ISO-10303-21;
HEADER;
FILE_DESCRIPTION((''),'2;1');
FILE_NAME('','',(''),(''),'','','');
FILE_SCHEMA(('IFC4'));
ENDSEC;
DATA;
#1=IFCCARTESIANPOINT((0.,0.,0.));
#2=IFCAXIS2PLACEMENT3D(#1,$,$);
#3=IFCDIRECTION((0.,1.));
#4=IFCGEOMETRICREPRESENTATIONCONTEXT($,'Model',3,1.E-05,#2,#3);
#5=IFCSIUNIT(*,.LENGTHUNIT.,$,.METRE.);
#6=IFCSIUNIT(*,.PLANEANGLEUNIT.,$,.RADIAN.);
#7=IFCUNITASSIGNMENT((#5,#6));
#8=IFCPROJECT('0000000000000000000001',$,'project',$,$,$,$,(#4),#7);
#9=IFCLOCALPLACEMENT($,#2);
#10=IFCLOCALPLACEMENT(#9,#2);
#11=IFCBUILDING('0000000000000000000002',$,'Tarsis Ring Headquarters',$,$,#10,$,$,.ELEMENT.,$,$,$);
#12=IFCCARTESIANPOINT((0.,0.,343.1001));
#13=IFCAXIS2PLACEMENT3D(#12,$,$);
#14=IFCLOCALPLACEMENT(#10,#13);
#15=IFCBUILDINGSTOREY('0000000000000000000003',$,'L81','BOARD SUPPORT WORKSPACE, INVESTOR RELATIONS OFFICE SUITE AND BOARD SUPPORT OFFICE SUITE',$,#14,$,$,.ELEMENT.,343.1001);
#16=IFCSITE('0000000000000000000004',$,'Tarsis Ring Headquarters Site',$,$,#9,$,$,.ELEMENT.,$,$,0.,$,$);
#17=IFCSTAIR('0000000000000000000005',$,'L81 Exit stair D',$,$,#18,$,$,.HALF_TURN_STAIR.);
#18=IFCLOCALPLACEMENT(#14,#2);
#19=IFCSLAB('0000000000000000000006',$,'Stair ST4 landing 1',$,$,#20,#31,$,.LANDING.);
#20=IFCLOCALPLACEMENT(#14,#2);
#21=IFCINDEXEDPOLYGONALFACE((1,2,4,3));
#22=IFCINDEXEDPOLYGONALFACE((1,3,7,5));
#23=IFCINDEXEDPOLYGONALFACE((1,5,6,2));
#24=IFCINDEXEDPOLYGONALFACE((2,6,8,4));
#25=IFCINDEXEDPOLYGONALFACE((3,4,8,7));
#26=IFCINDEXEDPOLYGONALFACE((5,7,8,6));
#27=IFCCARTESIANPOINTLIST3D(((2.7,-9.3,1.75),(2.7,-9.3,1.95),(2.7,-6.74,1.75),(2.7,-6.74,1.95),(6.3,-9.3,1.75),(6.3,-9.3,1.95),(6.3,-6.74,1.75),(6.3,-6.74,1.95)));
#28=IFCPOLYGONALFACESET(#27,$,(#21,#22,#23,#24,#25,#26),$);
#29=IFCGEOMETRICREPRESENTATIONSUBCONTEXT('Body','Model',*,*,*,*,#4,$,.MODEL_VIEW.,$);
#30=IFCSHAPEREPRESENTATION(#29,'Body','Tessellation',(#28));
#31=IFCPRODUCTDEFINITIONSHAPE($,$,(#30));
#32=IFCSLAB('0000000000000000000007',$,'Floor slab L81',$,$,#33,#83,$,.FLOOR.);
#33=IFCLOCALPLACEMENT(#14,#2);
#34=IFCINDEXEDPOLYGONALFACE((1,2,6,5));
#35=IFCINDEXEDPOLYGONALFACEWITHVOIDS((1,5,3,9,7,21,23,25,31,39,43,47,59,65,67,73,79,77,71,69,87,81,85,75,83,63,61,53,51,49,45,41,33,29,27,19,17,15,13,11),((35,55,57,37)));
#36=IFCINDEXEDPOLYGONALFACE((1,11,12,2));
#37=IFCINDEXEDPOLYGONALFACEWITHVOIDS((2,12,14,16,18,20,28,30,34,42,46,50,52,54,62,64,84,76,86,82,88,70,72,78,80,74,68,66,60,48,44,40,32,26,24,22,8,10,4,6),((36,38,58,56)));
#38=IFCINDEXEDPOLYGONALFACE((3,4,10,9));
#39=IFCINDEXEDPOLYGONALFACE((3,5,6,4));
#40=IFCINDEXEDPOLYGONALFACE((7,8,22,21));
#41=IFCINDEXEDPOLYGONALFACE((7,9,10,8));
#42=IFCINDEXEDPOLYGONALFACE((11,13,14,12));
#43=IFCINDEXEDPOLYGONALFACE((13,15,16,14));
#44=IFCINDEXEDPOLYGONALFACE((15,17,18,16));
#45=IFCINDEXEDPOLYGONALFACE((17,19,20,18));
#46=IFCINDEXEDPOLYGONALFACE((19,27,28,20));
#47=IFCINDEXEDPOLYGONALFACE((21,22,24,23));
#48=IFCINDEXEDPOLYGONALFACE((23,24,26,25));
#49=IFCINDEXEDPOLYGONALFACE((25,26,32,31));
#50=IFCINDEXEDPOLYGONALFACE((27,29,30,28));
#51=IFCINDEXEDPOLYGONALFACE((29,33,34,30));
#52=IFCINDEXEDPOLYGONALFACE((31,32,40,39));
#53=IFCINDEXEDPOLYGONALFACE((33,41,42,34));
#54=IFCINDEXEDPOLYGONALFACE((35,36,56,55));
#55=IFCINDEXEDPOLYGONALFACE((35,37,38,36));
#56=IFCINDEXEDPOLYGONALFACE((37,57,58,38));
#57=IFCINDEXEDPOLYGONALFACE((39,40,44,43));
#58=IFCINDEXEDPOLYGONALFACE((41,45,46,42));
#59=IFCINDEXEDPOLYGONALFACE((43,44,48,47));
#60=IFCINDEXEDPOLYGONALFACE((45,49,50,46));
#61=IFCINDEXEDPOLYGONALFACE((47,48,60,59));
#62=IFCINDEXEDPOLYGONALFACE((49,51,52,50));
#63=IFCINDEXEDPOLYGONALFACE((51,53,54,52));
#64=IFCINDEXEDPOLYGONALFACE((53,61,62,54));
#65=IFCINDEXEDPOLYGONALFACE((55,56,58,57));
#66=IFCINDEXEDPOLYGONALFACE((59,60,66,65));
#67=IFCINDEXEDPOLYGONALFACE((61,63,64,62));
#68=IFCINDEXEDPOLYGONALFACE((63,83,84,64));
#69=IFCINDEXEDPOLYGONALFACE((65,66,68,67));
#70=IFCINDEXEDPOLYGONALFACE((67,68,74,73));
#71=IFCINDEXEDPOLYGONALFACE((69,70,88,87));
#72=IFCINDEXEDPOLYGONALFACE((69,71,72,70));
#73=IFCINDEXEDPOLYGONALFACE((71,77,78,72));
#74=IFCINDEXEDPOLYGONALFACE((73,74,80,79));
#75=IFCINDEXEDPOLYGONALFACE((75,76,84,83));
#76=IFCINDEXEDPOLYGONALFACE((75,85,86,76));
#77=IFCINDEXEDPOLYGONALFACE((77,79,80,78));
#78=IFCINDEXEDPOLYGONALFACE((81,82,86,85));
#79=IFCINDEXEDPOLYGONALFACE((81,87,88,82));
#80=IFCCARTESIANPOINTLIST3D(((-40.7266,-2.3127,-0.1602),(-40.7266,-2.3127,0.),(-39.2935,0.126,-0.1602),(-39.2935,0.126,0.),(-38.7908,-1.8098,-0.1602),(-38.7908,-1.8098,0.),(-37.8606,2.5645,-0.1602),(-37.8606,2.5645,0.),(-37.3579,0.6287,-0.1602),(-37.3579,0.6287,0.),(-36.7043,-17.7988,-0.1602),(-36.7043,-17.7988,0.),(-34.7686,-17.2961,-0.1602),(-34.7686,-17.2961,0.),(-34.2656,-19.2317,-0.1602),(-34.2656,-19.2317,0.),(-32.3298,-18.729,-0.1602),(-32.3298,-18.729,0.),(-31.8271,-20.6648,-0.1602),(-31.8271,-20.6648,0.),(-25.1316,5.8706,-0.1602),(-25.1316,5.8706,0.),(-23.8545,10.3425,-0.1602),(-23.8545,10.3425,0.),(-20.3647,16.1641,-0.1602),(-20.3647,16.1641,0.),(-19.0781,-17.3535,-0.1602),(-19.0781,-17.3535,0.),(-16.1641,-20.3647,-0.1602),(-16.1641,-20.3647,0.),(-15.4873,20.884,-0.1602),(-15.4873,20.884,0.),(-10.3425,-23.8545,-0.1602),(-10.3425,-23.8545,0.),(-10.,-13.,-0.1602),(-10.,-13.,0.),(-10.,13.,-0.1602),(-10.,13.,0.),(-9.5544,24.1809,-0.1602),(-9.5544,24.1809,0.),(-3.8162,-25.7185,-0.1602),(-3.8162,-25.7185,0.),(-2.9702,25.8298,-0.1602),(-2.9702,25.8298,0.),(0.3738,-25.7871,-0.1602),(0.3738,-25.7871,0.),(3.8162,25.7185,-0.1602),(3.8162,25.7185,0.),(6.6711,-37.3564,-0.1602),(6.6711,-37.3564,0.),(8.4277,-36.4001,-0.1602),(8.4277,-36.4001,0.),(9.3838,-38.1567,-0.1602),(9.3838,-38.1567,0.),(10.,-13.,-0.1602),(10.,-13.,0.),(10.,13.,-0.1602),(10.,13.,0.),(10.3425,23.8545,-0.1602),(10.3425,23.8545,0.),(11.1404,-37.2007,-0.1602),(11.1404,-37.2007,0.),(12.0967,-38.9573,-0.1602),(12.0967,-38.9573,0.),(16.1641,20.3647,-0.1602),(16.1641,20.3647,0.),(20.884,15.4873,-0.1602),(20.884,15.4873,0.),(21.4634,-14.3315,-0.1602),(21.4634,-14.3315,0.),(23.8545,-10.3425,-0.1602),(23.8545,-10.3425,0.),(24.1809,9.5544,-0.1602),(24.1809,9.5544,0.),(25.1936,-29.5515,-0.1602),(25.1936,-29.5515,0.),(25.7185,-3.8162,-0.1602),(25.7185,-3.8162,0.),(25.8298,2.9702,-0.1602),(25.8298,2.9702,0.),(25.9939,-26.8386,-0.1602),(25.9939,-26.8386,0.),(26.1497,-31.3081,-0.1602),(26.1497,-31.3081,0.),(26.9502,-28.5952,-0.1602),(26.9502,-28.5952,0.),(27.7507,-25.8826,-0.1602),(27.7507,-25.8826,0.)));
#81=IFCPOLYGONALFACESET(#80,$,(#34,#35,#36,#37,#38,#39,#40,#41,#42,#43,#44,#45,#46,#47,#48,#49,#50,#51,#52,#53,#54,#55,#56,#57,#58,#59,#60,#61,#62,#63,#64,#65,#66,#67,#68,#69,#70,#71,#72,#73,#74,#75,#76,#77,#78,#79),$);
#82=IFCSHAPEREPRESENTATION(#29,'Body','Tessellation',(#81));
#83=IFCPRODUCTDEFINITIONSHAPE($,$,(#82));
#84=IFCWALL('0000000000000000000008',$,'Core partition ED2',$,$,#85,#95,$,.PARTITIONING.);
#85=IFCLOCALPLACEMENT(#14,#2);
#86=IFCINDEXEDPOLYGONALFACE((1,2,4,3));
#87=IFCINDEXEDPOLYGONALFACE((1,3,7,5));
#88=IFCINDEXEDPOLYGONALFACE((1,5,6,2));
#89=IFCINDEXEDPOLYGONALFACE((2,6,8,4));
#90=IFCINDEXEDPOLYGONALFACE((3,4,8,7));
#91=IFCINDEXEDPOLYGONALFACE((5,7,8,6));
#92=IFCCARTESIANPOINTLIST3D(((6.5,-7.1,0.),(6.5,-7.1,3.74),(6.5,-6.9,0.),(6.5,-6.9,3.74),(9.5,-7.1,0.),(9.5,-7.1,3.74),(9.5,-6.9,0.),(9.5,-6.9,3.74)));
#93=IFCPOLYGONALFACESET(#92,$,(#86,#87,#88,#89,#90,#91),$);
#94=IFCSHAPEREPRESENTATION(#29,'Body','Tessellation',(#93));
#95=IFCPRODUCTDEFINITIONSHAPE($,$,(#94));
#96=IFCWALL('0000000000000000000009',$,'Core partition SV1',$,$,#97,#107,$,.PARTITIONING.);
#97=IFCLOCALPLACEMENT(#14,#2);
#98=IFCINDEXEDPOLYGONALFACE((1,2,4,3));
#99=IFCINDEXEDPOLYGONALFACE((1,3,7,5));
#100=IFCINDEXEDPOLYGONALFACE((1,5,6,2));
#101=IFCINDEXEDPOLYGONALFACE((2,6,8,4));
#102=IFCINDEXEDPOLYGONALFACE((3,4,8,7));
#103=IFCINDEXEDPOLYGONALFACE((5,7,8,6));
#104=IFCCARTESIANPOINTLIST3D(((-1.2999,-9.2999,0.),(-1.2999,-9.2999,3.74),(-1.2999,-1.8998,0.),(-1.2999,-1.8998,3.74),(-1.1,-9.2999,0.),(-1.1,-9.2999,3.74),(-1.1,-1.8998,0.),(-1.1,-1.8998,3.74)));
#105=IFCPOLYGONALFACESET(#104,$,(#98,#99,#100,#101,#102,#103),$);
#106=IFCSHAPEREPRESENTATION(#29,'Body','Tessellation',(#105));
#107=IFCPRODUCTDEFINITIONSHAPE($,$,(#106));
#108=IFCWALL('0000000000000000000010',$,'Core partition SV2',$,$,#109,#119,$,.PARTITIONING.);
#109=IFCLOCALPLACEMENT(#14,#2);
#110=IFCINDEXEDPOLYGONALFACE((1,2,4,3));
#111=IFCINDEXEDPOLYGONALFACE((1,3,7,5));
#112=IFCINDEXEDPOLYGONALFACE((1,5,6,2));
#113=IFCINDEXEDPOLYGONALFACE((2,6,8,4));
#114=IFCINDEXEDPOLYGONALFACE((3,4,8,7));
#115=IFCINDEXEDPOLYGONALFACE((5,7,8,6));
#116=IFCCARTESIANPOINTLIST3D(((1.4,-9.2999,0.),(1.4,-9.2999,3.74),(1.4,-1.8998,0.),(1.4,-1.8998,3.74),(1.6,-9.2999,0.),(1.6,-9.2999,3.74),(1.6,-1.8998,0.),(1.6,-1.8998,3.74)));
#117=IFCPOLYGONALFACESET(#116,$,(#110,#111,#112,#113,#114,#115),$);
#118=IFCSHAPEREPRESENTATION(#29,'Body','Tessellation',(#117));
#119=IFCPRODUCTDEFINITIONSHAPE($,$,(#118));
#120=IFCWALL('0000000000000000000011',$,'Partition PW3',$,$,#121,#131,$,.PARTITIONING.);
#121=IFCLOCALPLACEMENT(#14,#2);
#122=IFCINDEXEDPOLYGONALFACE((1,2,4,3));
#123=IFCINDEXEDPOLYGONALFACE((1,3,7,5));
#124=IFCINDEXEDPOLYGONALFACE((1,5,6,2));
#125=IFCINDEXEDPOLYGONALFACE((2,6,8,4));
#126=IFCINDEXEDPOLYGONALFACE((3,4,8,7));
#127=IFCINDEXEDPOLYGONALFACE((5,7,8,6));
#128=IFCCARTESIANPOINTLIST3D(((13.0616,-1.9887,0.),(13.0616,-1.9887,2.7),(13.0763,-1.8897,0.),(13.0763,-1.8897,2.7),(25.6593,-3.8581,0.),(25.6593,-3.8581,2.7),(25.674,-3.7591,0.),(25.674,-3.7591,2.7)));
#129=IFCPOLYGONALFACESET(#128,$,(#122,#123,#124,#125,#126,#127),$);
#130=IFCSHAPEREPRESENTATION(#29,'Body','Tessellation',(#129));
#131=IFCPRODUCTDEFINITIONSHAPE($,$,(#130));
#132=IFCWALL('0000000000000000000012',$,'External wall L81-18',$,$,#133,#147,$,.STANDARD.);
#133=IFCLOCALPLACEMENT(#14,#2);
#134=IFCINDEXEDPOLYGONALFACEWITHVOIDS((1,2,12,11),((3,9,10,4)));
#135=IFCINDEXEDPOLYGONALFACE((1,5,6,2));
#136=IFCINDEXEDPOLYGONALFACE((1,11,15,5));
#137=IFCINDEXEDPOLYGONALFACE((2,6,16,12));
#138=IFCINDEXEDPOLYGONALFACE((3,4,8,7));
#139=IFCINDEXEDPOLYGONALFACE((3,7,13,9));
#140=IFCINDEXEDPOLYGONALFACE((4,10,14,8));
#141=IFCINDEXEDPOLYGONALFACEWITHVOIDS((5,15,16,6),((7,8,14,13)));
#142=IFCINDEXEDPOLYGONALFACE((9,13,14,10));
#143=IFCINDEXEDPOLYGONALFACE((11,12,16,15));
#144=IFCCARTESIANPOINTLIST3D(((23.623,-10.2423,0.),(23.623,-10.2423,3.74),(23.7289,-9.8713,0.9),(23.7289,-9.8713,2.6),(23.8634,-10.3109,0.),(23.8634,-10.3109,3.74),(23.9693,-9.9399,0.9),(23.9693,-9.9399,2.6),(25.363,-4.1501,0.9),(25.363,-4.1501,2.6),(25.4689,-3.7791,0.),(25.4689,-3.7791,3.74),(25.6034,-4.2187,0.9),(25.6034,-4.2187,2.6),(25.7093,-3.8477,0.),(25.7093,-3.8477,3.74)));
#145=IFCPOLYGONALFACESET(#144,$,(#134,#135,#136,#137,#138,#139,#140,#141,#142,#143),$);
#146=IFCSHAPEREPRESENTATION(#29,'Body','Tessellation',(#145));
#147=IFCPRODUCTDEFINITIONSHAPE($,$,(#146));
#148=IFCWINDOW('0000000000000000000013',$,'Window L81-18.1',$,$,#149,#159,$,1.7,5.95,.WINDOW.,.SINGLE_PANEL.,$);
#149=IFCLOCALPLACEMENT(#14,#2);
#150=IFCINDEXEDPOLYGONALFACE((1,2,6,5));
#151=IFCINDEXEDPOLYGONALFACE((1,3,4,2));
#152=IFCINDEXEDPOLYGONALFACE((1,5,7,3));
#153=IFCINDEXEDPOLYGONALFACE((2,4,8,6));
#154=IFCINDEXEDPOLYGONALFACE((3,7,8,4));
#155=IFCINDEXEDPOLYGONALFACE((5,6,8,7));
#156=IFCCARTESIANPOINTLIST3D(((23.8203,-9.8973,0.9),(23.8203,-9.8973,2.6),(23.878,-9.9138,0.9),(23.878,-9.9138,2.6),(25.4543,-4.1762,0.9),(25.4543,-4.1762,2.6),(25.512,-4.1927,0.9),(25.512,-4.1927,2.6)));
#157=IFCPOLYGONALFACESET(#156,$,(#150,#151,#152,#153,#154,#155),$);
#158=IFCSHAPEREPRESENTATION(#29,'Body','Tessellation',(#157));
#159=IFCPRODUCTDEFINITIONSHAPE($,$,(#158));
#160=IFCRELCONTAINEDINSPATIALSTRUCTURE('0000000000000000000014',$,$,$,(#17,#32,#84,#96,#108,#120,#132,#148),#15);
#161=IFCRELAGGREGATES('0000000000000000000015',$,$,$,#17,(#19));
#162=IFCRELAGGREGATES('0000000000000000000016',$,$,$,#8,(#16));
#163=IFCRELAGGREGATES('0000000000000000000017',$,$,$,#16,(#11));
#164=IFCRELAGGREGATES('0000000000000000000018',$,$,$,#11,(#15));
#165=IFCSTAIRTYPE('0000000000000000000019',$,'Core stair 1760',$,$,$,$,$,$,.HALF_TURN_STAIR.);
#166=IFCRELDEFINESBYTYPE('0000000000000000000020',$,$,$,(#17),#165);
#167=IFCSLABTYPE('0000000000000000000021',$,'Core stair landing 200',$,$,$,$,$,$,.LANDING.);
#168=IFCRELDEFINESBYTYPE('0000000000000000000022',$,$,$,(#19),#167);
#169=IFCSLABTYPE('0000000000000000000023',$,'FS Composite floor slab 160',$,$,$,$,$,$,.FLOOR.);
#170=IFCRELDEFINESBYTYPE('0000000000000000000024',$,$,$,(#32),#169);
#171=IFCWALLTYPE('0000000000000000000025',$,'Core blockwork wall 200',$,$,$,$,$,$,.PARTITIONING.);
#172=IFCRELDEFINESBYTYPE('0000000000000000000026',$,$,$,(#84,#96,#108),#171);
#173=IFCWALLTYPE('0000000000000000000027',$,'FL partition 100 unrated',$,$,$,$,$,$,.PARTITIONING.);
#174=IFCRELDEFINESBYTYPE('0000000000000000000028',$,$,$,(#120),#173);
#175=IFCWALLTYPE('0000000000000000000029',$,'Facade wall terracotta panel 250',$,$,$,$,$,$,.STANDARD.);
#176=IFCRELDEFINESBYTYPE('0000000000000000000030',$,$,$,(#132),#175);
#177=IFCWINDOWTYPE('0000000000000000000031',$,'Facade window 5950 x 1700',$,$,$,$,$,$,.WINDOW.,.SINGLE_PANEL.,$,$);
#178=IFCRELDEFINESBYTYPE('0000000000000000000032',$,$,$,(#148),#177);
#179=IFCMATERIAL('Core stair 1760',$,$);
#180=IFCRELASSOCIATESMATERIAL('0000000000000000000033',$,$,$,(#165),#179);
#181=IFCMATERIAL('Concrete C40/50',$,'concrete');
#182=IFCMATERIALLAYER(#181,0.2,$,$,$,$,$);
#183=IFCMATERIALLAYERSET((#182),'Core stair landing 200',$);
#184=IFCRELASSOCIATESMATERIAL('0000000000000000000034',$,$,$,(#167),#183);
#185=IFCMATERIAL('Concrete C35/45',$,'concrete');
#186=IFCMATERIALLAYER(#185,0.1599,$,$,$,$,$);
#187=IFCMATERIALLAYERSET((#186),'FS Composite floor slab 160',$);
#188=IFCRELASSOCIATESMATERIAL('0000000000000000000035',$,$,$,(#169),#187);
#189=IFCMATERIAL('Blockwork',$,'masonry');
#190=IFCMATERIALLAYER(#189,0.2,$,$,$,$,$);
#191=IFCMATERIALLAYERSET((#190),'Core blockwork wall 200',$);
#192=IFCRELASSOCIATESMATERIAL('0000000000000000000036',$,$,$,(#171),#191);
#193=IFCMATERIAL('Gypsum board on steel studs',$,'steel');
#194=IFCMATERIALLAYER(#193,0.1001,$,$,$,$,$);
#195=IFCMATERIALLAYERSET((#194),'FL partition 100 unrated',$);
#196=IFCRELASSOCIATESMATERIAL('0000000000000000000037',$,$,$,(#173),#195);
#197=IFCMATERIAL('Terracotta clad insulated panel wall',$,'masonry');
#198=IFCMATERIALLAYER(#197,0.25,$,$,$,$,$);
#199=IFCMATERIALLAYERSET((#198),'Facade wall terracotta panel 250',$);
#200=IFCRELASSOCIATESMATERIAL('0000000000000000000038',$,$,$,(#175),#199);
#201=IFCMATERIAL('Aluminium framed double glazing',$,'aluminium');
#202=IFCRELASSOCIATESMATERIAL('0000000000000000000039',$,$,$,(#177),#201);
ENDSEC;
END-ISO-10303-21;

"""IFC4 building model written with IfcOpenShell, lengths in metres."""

from ifc_helpers import new_model, si_unit, direction, frame, frame_2d, origin, place, context, subcontext, project, spatial, polyline, rectangle, outline, extrude, material, layer, layer_set, type_object, element, fill, aggregate, save


model = new_model("IFC4")

# Units and contexts
model_context = context("Model", 3, precision=1e-05, world=origin(), true_north=direction((0.0, 1.0)))
body_context = subcontext(model_context, "Body", "Model", "MODEL_VIEW")
ifc_project = project(units=[si_unit("LENGTHUNIT", "METRE"), si_unit("PLANEANGLEUNIT", "RADIAN")], contexts=[model_context])

# Site, building, storey
site_placement = place(None, origin())
site = spatial("IfcSite", under=ifc_project, at=site_placement, Name="Tarsis Ring Headquarters Site", CompositionType="ELEMENT", RefElevation=0.0)
building_placement = place(site_placement, origin())
building = spatial("IfcBuilding", under=site, at=building_placement, Name="Tarsis Ring Headquarters", CompositionType="ELEMENT")
storey_placement = place(building_placement, frame((0.0, 0.0, 343.1001)))
storey = spatial("IfcBuildingStorey", under=building, at=storey_placement, Name="L81", Description="BOARD SUPPORT WORKSPACE, INVESTOR RELATIONS OFFICE SUITE AND BOARD SUPPORT OFFICE SUITE", CompositionType="ELEMENT", Elevation=343.1001)

# Shared definitions
ifc_material_1 = material(Name="Concrete C40/50", Category="concrete")

# Stair, slab
ifc_material_2 = material(Name="Core stair 1760")
stair_type = type_object("IfcStairType", Name="Core stair 1760", PredefinedType="HALF_TURN_STAIR", material=ifc_material_2)
ifc_layer_1 = layer(ifc_material_1, 0.2)
ifc_layer_set_1 = layer_set([ifc_layer_1], Name="Core stair landing 200")
slab_type_1 = type_object("IfcSlabType", Name="Core stair landing 200", PredefinedType="LANDING", material=ifc_layer_set_1)
stair_1_placement = place(storey_placement, origin())
stair_1 = element("IfcStair", 1, at=stair_1_placement, inside=storey, type_object=stair_type, Name="L81 Exit stair D", PredefinedType="HALF_TURN_STAIR")
slab_1_placement = place(storey_placement, frame((0.0, 0.0, 1.75)))
slab_1 = element("IfcSlab", 2, at=slab_1_placement, type_object=slab_type_1, Name="Stair ST4 landing 1", PredefinedType="LANDING", context=body_context, shape_type="SweptSolid", body=[
    extrude(outline(polyline([(2.7, -6.74), (2.7, -9.3), (6.3, -9.3), (6.3, -6.74), (2.7, -6.74)])), origin(), (0.0, 0.0, 1.0), 0.2),
])
aggregate(stair_1, [slab_1])

# Slab
ifc_material_3 = material(Name="Concrete C35/45", Category="concrete")
ifc_layer_2 = layer(ifc_material_3, 0.1599)
ifc_layer_set_2 = layer_set([ifc_layer_2], Name="FS Composite floor slab 160")
slab_type_2 = type_object("IfcSlabType", Name="FS Composite floor slab 160", PredefinedType="FLOOR", material=ifc_layer_set_2)
slab_2_placement = place(storey_placement, frame((0.0, 0.0, -0.1602)))
element("IfcSlab", 3, at=slab_2_placement, inside=storey, type_object=slab_type_2, Name="Floor slab L81", PredefinedType="FLOOR", context=body_context, shape_type="SweptSolid", body=[
    extrude(outline(polyline([(-19.0781, -17.3535), (-16.1641, -20.3647), (-10.3425, -23.8545), (-3.8162, -25.7185), (0.3738, -25.7871), (6.6711, -37.3564), (8.4277, -36.4001), (9.3838, -38.1567), (11.1404, -37.2007), (12.0967, -38.9573), (26.1497, -31.3081), (25.1936, -29.5515), (26.9502, -28.5952), (25.9939, -26.8386), (27.7507, -25.8826), (21.4634, -14.3315), (23.8545, -10.3425), (25.7185, -3.8162), (25.8298, 2.9702), (24.1809, 9.5544), (20.884, 15.4873), (16.1641, 20.3647), (10.3425, 23.8545), (3.8162, 25.7185), (-2.9702, 25.8298), (-9.5544, 24.1809), (-15.4873, 20.884), (-20.3647, 16.1641), (-23.8545, 10.3425), (-25.1316, 5.8706), (-37.8606, 2.5645), (-37.3579, 0.6287), (-39.2935, 0.126), (-38.7908, -1.8098), (-40.7266, -2.3127), (-36.7043, -17.7988), (-34.7686, -17.2961), (-34.2656, -19.2317), (-32.3298, -18.729), (-31.8271, -20.6648), (-19.0781, -17.3535)]), holes=[polyline([(-10.0, -13.0), (-10.0, 13.0), (10.0, 13.0), (10.0, -13.0), (-10.0, -13.0)])]), origin(), (0.0, 0.0, 1.0), 0.1602),
])

# Walls
ifc_material_4 = material(Name="Blockwork", Category="masonry")
ifc_layer_3 = layer(ifc_material_4, 0.2)
ifc_layer_set_3 = layer_set([ifc_layer_3], Name="Core blockwork wall 200")
wall_type_1 = type_object("IfcWallType", Name="Core blockwork wall 200", PredefinedType="PARTITIONING", material=ifc_layer_set_3)
wall_1_placement = place(storey_placement, frame((6.5, -7.0, 0.0), z_axis=(0.0, 0.0, 1.0), x_axis=(1.0, 0.0, 0.0)))
element("IfcWall", 4, at=wall_1_placement, inside=storey, type_object=wall_type_1, Name="Core partition ED2", PredefinedType="PARTITIONING", context=body_context, shape_type="SweptSolid", body=[
    extrude(rectangle(XDim=3.0, YDim=0.2, at=frame_2d((1.5, 0.0))), origin(), (0.0, 0.0, 1.0), 3.74),
])
for number, where, z_axis, x_axis, name in (
    (5, (-1.2, -9.3, 0.0), (0.0, 0.0, 1.0), (0.0, 1.0, 0.0), "Core partition SV1"),
    (6, (1.5, -9.3, 0.0), (0.0, 0.0, 1.0), (0.0, 1.0, 0.0), "Core partition SV2"),
):
    element("IfcWall", number, at=place(storey_placement, frame(where, z_axis=z_axis, x_axis=x_axis)), inside=storey, type_object=wall_type_1, Name=name, PredefinedType="PARTITIONING", context=body_context, shape_type="SweptSolid", body=[
        extrude(rectangle(XDim=7.4001, YDim=0.2, at=frame_2d((3.7002, 0.0))), origin(), (0.0, 0.0, 1.0), 3.74),
    ])
ifc_material_5 = material(Name="Gypsum board on steel studs", Category="steel")
ifc_layer_4 = layer(ifc_material_5, 0.1001)
ifc_layer_set_4 = layer_set([ifc_layer_4], Name="FL partition 100 unrated")
wall_type_2 = type_object("IfcWallType", Name="FL partition 100 unrated", PredefinedType="PARTITIONING", material=ifc_layer_set_4)
wall_2_placement = place(storey_placement, frame((13.0691, -1.9392, 0.0), z_axis=(0.0, 0.0, 1.0), x_axis=(0.989169, -0.146784, 0.0)))
element("IfcWall", 7, at=wall_2_placement, inside=storey, type_object=wall_type_2, Name="Partition PW3", PredefinedType="PARTITIONING", context=body_context, shape_type="SweptSolid", body=[
    extrude(rectangle(XDim=12.7356, YDim=0.1001, at=frame_2d((6.3677, 0.0))), origin(), (0.0, 0.0, 1.0), 2.7),
])

# Wall, opening, window
ifc_material_6 = material(Name="Terracotta clad insulated panel wall", Category="masonry")
ifc_layer_5 = layer(ifc_material_6, 0.25)
ifc_layer_set_5 = layer_set([ifc_layer_5], Name="Facade wall terracotta panel 250")
wall_type_3 = type_object("IfcWallType", Name="Facade wall terracotta panel 250", PredefinedType="STANDARD", material=ifc_layer_set_5)
wall_3_placement = place(storey_placement, frame((23.7432, -10.2766, 0.0), z_axis=(0.0, 0.0, 1.0), x_axis=(0.27463, 0.96155, 0.0)))
wall_3 = element("IfcWall", 8, at=wall_3_placement, inside=storey, type_object=wall_type_3, Name="External wall L81-18", PredefinedType="STANDARD", context=body_context, shape_type="SweptSolid", body=[
    extrude(rectangle(XDim=6.7217, YDim=0.25, at=frame_2d((3.3608, 0.0))), origin(), (0.0, 0.0, 1.0), 3.74),
])
opening_1_placement = place(wall_3_placement, frame((0.3857, 0.0, 0.8999)))
opening_1 = element("IfcOpeningElement", 9, at=opening_1_placement, cuts=wall_3, PredefinedType="OPENING", context=body_context, shape_type="SweptSolid", body=[
    extrude(rectangle(XDim=5.95, YDim=1.7, at=frame_2d((2.9751, 0.8501))), frame((0.0, 0.135, 0.0), z_axis=(0.0, -1.0, 0.0), x_axis=(1.0, 0.0, 0.0)), (0.0, 0.0, 1.0), 0.27),
])
ifc_material_7 = material(Name="Aluminium framed double glazing", Category="aluminium")
window_type = type_object("IfcWindowType", Name="Facade window 5950 x 1700", PartitioningType="SINGLE_PANEL", PredefinedType="WINDOW", material=ifc_material_7)
window_1_placement = place(opening_1_placement, origin())
window_1 = element("IfcWindow", 10, at=window_1_placement, inside=storey, type_object=window_type, Name="Window L81-18.1", OverallHeight=1.7, OverallWidth=5.95, PartitioningType="SINGLE_PANEL", PredefinedType="WINDOW", context=body_context, shape_type="SweptSolid", body=[
    extrude(rectangle(XDim=5.95, YDim=1.7, at=frame_2d((2.9751, 0.8501))), frame((0.0, 0.03, 0.0), z_axis=(0.0, -1.0, 0.0), x_axis=(1.0, 0.0, 0.0)), (0.0, 0.0, 1.0), 0.0601),
])
fill(opening_1, window_1)

save(model, "model.ifc")
